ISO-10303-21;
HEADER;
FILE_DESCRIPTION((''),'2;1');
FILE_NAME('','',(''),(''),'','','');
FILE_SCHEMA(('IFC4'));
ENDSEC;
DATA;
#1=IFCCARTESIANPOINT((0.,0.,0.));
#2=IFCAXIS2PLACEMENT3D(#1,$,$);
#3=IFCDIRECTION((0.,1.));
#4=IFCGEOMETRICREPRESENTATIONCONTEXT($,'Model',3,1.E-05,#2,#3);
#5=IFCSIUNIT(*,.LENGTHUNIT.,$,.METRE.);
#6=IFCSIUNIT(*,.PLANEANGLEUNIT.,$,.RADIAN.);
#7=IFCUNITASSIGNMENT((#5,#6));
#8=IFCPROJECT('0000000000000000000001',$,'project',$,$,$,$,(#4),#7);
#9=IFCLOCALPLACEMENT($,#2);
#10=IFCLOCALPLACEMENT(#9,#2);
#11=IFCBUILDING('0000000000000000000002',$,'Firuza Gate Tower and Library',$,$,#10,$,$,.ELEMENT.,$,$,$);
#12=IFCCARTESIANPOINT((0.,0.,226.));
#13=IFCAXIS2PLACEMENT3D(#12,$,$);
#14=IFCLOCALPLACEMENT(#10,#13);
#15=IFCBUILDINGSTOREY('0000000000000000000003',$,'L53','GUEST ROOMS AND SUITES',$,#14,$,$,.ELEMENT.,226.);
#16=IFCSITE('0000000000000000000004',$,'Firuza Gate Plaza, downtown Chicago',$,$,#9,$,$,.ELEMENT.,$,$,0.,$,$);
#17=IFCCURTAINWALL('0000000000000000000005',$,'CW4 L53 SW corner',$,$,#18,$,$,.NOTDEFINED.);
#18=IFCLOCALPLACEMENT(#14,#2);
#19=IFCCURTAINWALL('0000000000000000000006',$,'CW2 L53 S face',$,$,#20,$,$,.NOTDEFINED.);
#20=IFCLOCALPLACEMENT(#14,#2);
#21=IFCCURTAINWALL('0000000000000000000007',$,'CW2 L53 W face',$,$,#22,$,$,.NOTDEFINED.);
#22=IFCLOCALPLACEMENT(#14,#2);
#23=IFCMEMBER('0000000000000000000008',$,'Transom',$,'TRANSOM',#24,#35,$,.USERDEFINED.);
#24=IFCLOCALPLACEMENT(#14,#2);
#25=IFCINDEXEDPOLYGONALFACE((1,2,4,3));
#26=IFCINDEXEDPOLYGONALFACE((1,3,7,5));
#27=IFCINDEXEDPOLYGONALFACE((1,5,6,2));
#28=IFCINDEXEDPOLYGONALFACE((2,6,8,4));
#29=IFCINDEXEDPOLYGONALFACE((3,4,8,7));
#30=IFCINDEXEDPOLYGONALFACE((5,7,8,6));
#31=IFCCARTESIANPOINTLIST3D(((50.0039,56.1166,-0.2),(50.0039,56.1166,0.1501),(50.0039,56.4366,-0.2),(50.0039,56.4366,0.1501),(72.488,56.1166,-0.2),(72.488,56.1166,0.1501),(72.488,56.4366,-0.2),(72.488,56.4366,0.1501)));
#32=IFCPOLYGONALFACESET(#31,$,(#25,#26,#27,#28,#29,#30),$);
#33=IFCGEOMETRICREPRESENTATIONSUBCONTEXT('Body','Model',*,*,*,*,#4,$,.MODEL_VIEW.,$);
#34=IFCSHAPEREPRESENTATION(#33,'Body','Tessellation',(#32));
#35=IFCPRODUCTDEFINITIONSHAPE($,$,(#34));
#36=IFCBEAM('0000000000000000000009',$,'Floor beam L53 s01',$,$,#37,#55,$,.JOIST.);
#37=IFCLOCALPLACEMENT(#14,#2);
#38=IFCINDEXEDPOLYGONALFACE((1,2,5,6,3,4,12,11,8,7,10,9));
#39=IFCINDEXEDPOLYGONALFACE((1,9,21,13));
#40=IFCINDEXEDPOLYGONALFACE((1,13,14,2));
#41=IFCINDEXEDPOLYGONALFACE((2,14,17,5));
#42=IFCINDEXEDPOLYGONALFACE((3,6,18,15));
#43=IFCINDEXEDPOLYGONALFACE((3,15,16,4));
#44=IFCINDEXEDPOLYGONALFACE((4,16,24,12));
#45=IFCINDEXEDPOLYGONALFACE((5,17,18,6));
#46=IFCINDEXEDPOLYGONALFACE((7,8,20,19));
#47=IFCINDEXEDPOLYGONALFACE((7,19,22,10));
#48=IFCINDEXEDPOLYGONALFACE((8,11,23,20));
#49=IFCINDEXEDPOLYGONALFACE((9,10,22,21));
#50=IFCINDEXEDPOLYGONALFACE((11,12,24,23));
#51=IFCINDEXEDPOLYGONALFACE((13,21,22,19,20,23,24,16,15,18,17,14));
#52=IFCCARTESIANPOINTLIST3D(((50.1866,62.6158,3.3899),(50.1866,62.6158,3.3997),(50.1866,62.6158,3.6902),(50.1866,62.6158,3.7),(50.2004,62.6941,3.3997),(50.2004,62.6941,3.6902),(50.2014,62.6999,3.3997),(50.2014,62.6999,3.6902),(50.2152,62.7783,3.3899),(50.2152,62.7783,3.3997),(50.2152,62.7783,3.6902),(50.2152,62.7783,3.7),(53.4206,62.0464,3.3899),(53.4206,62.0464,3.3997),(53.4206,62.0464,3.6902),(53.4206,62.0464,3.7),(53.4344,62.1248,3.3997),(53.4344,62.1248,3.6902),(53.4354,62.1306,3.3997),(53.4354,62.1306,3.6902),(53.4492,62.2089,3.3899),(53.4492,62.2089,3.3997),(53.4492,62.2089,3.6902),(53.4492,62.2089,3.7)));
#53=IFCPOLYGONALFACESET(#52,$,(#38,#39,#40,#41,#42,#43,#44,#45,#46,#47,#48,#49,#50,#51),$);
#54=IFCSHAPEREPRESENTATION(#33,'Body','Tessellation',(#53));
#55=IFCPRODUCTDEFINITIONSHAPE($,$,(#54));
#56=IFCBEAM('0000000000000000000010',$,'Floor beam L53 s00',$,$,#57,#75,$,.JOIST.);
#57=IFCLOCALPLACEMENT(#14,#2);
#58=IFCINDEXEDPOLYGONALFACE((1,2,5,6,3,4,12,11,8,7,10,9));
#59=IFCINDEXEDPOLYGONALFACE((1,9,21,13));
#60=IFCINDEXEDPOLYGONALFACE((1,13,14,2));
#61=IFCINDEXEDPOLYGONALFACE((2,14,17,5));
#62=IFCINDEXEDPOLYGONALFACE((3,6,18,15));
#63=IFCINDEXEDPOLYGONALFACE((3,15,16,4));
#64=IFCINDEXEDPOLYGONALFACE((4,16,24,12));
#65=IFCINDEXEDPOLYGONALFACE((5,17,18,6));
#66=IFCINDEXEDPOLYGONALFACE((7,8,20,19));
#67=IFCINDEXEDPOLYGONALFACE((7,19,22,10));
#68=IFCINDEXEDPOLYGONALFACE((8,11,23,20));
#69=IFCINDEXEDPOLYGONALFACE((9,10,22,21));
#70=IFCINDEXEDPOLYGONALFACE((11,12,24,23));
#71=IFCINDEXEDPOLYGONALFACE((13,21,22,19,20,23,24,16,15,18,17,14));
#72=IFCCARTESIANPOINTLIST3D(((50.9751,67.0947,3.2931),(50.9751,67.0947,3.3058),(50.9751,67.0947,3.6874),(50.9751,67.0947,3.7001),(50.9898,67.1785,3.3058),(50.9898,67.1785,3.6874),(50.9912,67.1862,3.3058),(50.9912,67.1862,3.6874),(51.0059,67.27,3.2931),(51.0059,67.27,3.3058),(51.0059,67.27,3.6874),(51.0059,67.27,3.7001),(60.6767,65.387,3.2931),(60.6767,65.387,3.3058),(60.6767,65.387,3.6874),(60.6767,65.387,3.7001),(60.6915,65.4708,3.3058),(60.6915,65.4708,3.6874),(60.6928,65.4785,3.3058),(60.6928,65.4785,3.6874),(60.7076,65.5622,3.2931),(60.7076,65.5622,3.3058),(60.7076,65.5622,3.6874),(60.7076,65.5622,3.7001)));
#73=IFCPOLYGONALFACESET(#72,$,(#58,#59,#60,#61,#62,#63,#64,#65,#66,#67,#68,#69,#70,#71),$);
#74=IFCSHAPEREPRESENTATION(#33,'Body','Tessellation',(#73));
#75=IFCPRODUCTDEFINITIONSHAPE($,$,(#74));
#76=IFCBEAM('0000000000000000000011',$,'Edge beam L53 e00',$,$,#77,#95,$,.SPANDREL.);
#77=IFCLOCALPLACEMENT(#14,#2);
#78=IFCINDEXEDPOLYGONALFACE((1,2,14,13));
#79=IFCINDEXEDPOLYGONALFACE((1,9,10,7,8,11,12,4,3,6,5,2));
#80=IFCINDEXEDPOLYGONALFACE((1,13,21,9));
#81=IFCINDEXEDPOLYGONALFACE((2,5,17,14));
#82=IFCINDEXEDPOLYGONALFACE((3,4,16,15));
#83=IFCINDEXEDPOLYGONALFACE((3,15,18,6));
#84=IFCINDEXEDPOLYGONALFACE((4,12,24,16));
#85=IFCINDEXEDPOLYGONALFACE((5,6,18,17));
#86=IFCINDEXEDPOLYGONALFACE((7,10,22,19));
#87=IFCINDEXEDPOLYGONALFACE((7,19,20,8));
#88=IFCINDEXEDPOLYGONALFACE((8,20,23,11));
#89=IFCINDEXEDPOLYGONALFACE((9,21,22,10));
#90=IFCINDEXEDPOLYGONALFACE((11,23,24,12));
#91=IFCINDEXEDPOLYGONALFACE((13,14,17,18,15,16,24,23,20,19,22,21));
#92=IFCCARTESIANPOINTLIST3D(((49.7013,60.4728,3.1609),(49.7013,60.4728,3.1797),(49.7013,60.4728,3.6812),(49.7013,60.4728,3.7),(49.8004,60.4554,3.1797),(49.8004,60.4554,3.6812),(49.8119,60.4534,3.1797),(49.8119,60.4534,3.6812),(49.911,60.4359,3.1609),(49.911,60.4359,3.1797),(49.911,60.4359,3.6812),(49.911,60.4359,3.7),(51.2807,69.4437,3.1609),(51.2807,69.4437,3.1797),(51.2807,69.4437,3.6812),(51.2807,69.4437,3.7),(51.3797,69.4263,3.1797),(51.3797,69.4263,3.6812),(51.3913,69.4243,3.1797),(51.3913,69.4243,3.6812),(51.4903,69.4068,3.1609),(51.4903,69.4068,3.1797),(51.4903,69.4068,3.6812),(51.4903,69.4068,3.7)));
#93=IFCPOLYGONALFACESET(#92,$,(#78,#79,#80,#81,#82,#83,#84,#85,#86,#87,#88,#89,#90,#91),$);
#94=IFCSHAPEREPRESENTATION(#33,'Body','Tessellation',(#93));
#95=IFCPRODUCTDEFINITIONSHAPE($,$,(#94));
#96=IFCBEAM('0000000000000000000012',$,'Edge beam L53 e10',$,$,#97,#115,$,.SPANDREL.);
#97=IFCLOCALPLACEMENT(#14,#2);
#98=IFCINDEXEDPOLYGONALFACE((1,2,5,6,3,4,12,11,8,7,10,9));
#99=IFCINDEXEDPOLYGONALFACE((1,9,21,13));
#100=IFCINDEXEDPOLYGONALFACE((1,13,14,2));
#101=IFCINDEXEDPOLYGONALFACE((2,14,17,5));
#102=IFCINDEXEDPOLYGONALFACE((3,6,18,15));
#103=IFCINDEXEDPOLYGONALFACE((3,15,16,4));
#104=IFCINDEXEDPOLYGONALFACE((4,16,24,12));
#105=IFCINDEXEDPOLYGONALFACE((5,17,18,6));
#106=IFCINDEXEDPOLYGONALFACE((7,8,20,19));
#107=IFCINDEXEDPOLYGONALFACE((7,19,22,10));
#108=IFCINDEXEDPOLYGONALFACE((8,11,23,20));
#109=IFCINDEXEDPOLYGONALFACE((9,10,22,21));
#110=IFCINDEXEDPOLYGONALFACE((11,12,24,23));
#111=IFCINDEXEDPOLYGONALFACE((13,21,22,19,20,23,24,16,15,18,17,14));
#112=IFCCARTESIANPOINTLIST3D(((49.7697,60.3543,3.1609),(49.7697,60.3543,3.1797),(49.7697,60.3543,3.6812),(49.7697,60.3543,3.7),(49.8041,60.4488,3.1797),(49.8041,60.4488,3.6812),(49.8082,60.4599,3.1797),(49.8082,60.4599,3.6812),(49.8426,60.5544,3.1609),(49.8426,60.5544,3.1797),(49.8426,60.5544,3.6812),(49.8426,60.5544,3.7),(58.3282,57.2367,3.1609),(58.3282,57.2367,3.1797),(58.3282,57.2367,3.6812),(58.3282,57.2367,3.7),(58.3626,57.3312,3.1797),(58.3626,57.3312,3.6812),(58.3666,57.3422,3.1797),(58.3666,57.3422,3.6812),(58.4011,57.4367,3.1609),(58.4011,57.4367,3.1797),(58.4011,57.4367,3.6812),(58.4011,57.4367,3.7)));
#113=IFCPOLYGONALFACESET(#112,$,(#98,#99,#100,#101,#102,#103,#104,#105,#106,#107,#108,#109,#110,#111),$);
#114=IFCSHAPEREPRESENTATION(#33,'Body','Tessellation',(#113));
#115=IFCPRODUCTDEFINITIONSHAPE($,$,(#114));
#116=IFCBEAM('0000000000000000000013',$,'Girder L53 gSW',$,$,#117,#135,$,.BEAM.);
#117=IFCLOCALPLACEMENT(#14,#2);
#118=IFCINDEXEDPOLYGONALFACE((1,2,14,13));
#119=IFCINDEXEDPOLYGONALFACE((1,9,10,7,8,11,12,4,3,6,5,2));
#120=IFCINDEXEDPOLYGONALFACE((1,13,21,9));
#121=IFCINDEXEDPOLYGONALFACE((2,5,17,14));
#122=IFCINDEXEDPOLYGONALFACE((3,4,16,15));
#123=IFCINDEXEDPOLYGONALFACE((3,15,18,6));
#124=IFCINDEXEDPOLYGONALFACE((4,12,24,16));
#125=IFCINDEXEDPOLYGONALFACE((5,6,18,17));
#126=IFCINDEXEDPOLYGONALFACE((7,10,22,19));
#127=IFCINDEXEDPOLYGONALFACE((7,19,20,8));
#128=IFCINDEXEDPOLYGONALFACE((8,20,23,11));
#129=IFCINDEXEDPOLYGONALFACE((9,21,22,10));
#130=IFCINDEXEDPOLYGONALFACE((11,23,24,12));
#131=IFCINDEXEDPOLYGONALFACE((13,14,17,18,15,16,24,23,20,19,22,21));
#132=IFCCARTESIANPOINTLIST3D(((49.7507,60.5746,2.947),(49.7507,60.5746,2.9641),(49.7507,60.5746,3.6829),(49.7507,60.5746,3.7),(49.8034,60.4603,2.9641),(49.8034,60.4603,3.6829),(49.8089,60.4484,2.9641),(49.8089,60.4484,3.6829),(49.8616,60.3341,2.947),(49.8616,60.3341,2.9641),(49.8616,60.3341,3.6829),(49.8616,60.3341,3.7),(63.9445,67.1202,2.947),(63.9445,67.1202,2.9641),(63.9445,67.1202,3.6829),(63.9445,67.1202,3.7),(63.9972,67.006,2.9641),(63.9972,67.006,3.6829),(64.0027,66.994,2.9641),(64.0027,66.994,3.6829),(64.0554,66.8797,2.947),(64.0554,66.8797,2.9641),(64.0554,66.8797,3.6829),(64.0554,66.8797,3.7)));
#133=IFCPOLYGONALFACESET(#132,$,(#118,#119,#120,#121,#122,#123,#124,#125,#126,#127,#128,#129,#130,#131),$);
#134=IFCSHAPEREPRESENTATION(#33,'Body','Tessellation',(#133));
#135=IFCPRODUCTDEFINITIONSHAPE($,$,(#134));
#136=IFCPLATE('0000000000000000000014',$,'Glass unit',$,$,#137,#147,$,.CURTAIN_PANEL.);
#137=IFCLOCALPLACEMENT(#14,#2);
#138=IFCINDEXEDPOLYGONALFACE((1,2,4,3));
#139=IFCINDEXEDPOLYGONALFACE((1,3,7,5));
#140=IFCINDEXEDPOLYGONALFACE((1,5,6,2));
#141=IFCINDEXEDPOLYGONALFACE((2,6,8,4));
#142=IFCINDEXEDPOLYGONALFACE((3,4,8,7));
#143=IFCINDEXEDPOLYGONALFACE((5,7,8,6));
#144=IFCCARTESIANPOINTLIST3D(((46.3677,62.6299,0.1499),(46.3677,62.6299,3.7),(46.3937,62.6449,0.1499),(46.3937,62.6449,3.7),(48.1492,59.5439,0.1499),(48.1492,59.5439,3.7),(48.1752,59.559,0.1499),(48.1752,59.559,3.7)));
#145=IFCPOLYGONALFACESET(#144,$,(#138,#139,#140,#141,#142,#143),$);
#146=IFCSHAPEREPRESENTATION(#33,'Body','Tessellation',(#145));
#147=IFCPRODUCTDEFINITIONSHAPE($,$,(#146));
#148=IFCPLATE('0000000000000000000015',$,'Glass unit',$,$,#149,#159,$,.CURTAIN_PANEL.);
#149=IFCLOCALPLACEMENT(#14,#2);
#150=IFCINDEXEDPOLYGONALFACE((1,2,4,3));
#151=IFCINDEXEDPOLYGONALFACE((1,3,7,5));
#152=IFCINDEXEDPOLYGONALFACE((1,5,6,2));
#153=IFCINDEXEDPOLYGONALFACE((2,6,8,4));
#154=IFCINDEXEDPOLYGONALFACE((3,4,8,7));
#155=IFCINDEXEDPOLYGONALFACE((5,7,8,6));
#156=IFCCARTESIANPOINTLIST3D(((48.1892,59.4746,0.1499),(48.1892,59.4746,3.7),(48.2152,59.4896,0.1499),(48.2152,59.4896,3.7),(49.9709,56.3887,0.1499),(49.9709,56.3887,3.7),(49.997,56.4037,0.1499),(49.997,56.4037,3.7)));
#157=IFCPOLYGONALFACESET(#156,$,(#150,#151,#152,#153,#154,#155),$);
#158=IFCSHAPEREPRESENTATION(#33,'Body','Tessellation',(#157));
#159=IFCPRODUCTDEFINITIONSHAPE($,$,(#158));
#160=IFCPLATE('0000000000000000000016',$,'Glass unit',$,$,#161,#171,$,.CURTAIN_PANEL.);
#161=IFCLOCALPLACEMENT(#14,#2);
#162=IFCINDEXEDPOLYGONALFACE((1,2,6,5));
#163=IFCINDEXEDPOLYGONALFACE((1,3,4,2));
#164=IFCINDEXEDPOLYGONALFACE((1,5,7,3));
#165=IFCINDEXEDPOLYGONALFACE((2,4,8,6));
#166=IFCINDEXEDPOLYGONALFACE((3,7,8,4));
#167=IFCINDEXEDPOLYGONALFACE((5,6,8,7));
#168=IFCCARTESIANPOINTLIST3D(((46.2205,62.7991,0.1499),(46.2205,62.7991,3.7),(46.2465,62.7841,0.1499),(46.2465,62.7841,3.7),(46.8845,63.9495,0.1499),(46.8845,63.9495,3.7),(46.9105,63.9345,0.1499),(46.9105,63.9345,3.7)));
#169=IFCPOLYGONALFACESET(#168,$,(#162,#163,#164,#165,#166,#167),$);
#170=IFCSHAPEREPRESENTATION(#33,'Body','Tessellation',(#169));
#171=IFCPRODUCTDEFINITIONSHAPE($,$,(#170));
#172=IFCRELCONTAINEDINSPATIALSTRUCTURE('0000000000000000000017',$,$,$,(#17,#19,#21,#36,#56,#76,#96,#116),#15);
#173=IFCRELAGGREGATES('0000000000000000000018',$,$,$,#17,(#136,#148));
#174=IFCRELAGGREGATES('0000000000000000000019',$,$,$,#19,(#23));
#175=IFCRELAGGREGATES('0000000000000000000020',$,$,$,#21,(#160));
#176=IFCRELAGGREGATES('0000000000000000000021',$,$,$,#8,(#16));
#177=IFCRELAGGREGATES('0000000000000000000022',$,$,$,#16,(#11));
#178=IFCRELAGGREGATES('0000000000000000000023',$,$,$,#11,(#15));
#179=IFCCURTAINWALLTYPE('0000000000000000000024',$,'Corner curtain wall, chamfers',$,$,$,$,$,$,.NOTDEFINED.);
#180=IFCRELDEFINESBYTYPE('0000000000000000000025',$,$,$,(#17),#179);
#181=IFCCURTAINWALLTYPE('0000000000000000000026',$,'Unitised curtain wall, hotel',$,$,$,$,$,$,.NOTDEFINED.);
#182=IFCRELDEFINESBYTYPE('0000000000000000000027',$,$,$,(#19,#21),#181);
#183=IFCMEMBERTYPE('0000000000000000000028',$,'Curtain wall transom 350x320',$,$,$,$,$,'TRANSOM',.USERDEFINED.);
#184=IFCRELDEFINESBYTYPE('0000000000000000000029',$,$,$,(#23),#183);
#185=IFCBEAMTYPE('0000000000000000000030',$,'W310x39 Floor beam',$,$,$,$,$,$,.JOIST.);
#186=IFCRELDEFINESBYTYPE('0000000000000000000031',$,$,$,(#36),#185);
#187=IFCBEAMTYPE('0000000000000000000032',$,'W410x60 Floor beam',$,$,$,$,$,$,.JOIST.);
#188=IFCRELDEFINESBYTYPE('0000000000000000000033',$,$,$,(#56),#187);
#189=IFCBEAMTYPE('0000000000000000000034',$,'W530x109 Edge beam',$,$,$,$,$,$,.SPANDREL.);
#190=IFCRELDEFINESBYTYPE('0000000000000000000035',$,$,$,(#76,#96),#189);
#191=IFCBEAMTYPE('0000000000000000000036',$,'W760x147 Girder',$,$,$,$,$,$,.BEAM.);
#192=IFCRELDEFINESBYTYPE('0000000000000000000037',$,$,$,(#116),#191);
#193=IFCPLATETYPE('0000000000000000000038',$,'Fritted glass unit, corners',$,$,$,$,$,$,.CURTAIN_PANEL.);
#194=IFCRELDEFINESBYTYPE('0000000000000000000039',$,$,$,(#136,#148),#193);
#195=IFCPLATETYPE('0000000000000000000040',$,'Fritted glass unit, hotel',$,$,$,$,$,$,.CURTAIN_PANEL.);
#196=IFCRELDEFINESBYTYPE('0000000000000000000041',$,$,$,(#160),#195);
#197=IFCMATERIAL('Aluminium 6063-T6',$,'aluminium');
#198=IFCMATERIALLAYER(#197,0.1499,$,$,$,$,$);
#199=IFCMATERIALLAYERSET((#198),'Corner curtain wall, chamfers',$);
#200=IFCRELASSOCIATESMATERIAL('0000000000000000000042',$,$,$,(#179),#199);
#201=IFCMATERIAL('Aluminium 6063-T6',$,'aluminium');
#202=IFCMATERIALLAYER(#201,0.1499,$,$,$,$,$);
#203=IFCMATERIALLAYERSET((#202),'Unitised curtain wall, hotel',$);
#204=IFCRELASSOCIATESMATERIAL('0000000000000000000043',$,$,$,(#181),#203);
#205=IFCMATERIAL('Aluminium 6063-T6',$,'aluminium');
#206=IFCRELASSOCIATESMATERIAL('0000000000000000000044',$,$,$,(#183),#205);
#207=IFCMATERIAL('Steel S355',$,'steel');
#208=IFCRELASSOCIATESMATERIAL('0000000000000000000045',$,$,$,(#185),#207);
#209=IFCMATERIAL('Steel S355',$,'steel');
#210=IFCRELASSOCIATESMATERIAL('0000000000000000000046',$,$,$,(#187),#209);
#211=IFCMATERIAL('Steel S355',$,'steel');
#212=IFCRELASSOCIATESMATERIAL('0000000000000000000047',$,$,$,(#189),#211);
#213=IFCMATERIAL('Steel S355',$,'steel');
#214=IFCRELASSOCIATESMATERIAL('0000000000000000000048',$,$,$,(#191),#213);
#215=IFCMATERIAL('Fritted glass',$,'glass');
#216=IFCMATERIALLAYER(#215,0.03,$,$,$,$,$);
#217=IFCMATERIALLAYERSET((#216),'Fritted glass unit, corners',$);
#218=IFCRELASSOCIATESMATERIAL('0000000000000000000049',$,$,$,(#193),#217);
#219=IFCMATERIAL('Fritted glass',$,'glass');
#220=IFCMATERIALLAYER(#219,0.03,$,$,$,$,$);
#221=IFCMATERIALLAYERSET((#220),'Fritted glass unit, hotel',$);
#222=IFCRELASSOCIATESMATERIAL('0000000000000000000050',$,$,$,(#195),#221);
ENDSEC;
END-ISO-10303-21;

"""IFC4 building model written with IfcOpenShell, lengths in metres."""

from ifc_helpers import new_model, si_unit, direction, frame, origin, origin_2d, place, context, subcontext, project, spatial, polyline, rectangle, i_section, outline, extrude, material, layer, layer_set, material_profile, profile_set, type_object, element, aggregate, save


model = new_model("IFC4")

# Units and contexts
model_context = context("Model", 3, precision=1e-05, world=origin(), true_north=direction((0.0, 1.0)))
body_context = subcontext(model_context, "Body", "Model", "MODEL_VIEW")
ifc_project = project(units=[si_unit("LENGTHUNIT", "METRE"), si_unit("PLANEANGLEUNIT", "RADIAN")], contexts=[model_context])

# Site, building, storey
site_placement = place(None, origin())
site = spatial("IfcSite", under=ifc_project, at=site_placement, Name="Firuza Gate Plaza, downtown Chicago", CompositionType="ELEMENT", RefElevation=0.0)
building_placement = place(site_placement, origin())
building = spatial("IfcBuilding", under=site, at=building_placement, Name="Firuza Gate Tower and Library", CompositionType="ELEMENT")
storey_placement = place(building_placement, frame((0.0, 0.0, 226.0)))
storey = spatial("IfcBuildingStorey", under=building, at=storey_placement, Name="L53", Description="GUEST ROOMS AND SUITES", CompositionType="ELEMENT", Elevation=226.0)

# Curtain walls
ifc_material_1 = material(Name="Aluminium 6063-T6", Category="aluminium")
ifc_layer_1 = layer(ifc_material_1, 0.1499)
ifc_layer_set_1 = layer_set([ifc_layer_1], Name="Corner curtain wall, chamfers")
curtain_wall_type_1 = type_object("IfcCurtainWallType", Name="Corner curtain wall, chamfers", PredefinedType="NOTDEFINED", material=ifc_layer_set_1)
placement = place(storey_placement, origin())
curtain_wall_1 = element("IfcCurtainWall", 1, at=placement, inside=storey, type_object=curtain_wall_type_1, Name="CW4 L53 SW corner", PredefinedType="NOTDEFINED")
ifc_material_2 = material(Name="Aluminium 6063-T6", Category="aluminium")
ifc_layer_2 = layer(ifc_material_2, 0.1499)
ifc_layer_set_2 = layer_set([ifc_layer_2], Name="Unitised curtain wall, hotel")
curtain_wall_type_2 = type_object("IfcCurtainWallType", Name="Unitised curtain wall, hotel", PredefinedType="NOTDEFINED", material=ifc_layer_set_2)
curtain_wall_2 = element("IfcCurtainWall", 2, at=placement, inside=storey, type_object=curtain_wall_type_2, Name="CW2 L53 S face", PredefinedType="NOTDEFINED")
curtain_wall_3 = element("IfcCurtainWall", 3, at=placement, inside=storey, type_object=curtain_wall_type_2, Name="CW2 L53 W face", PredefinedType="NOTDEFINED")

# Member
ifc_material_3 = material(Name="Aluminium 6063-T6", Category="aluminium")
ifc_material_profile_1 = material_profile(ifc_material_3, rectangle(XDim=0.3201, YDim=0.3501, at=origin_2d()))
ifc_profile_set_1 = profile_set([ifc_material_profile_1], Name="Aluminium 6063-T6")
member_type_1 = type_object("IfcMemberType", Name="Curtain wall transom 350x320", ElementType="TRANSOM", PredefinedType="USERDEFINED", material=ifc_profile_set_1)
member_1_placement = place(storey_placement, frame((50.0039, 56.2766, -0.0249), z_axis=(1.0, 0.0, 0.0), x_axis=(0.0, 1.0, 0.0)))
member_1 = element("IfcMember", 4, at=member_1_placement, type_object=member_type_1, Name="Transom", ObjectType="TRANSOM", PredefinedType="USERDEFINED", context=body_context, shape_type="SweptSolid", body=[
    extrude(rectangle(XDim=0.3201, YDim=0.3501, at=origin_2d()), origin(), (0.0, 0.0, 1.0), 22.4841),
])

# Beams
ifc_material_4 = material(Name="Steel S355", Category="steel")
ifc_material_profile_2 = material_profile(ifc_material_4, i_section(OverallWidth=0.165, OverallDepth=0.3101, WebThickness=0.0059, FlangeThickness=0.0098, at=origin_2d()))
ifc_profile_set_2 = profile_set([ifc_material_profile_2], Name="Steel S355")
beam_type_1 = type_object("IfcBeamType", Name="W310x39 Floor beam", PredefinedType="JOIST", material=ifc_profile_set_2)
beam_1_placement = place(storey_placement, frame((50.2009, 62.697, 3.5449), z_axis=(0.984854, -0.173387, 0.0), x_axis=(0.173387, 0.984854, 0.0)))
element("IfcBeam", 5, at=beam_1_placement, inside=storey, type_object=beam_type_1, Name="Floor beam L53 s01", PredefinedType="JOIST", context=body_context, shape_type="SweptSolid", body=[
    extrude(i_section(OverallWidth=0.165, OverallDepth=0.3101, WebThickness=0.0059, FlangeThickness=0.0098, at=origin_2d()), origin(), (0.0, 0.0, 1.0), 3.2837),
])
ifc_material_5 = material(Name="Steel S355", Category="steel")
ifc_material_profile_3 = material_profile(ifc_material_5, i_section(OverallWidth=0.178, OverallDepth=0.407, WebThickness=0.0078, FlangeThickness=0.0127, at=origin_2d()))
ifc_profile_set_3 = profile_set([ifc_material_profile_3], Name="Steel S355")
beam_type_2 = type_object("IfcBeamType", Name="W410x60 Floor beam", PredefinedType="JOIST", material=ifc_profile_set_3)
beam_2_placement = place(storey_placement, frame((50.9905, 67.1824, 3.4966), z_axis=(0.984858, -0.173363, 0.0), x_axis=(0.173363, 0.984858, 0.0)))
element("IfcBeam", 6, at=beam_2_placement, inside=storey, type_object=beam_type_2, Name="Floor beam L53 s00", PredefinedType="JOIST", context=body_context, shape_type="SweptSolid", body=[
    extrude(i_section(OverallWidth=0.178, OverallDepth=0.407, WebThickness=0.0078, FlangeThickness=0.0127, at=origin_2d()), origin(), (0.0, 0.0, 1.0), 9.8508),
])
ifc_material_6 = material(Name="Steel S355", Category="steel")
ifc_material_profile_4 = material_profile(ifc_material_6, i_section(OverallWidth=0.2129, OverallDepth=0.5391, WebThickness=0.0117, FlangeThickness=0.0188, at=origin_2d()))
ifc_profile_set_4 = profile_set([ifc_material_profile_4], Name="Steel S355")
beam_type_3 = type_object("IfcBeamType", Name="W530x109 Edge beam", PredefinedType="SPANDREL", material=ifc_profile_set_4)
beam_3_placement = place(storey_placement, frame((51.3855, 69.4253, 3.4304), z_axis=(-0.173385, -0.984854, 0.0), x_axis=(0.984854, -0.173385, 0.0)))
element("IfcBeam", 7, at=beam_3_placement, inside=storey, type_object=beam_type_3, Name="Edge beam L53 e00", PredefinedType="SPANDREL", context=body_context, shape_type="SweptSolid", body=[
    extrude(i_section(OverallWidth=0.2129, OverallDepth=0.5391, WebThickness=0.0117, FlangeThickness=0.0188, at=origin_2d()), origin(), (0.0, 0.0, 1.0), 9.1089),
])
beam_4_placement = place(storey_placement, frame((49.8062, 60.4543, 3.4304), z_axis=(0.939601, -0.342272, 0.0), x_axis=(0.342272, 0.939601, 0.0)))
element("IfcBeam", 8, at=beam_4_placement, inside=storey, type_object=beam_type_3, Name="Edge beam L53 e10", PredefinedType="SPANDREL", context=body_context, shape_type="SweptSolid", body=[
    extrude(i_section(OverallWidth=0.2129, OverallDepth=0.5391, WebThickness=0.0117, FlangeThickness=0.0188, at=origin_2d()), origin(), (0.0, 0.0, 1.0), 9.1086),
])
ifc_material_7 = material(Name="Steel S355", Category="steel")
ifc_material_profile_5 = material_profile(ifc_material_7, i_section(OverallWidth=0.2649, OverallDepth=0.7529, WebThickness=0.0132, FlangeThickness=0.0171, at=origin_2d()))
ifc_profile_set_5 = profile_set([ifc_material_profile_5], Name="Steel S355")
beam_type_4 = type_object("IfcBeamType", Name="W760x147 Girder", PredefinedType="BEAM", material=ifc_profile_set_5)
beam_5_placement = place(storey_placement, frame((49.8062, 60.4543, 3.3235), z_axis=(0.90809, 0.418776, 0.0), x_axis=(-0.418776, 0.90809, 0.0)))
element("IfcBeam", 9, at=beam_5_placement, inside=storey, type_object=beam_type_4, Name="Girder L53 gSW", PredefinedType="BEAM", context=body_context, shape_type="SweptSolid", body=[
    extrude(i_section(OverallWidth=0.2649, OverallDepth=0.7529, WebThickness=0.0132, FlangeThickness=0.0171, at=origin_2d()), origin(), (0.0, 0.0, 1.0), 15.6304),
])

# Plates
ifc_material_8 = material(Name="Fritted glass", Category="glass")
ifc_layer_3 = layer(ifc_material_8, 0.03)
ifc_layer_set_3 = layer_set([ifc_layer_3], Name="Fritted glass unit, corners")
plate_type_1 = type_object("IfcPlateType", Name="Fritted glass unit, corners", PredefinedType="CURTAIN_PANEL", material=ifc_layer_set_3)
plate_1_placement = place(storey_placement, frame((46.3677, 62.6299, 0.1499), z_axis=(-0.866046, -0.499964, 0.0), x_axis=(0.499964, -0.866046, 0.0)))
plate_1 = element("IfcPlate", 10, at=plate_1_placement, type_object=plate_type_1, Name="Glass unit", PredefinedType="CURTAIN_PANEL", context=body_context, shape_type="SweptSolid", body=[
    extrude(outline(polyline([(0.0, 0.0), (3.5632, 0.0), (3.5632, 3.55), (0.0, 3.55), (0.0, 0.0)])), origin(), (0.0, 0.0, -1.0), 0.03),
])
plate_2_placement = place(storey_placement, frame((48.1892, 59.4746, 0.1499), z_axis=(-0.866017, -0.500015, 0.0), x_axis=(0.500015, -0.866017, 0.0)))
plate_2 = element("IfcPlate", 11, at=plate_2_placement, type_object=plate_type_1, Name="Glass unit", PredefinedType="CURTAIN_PANEL", context=body_context, shape_type="SweptSolid", body=[
    extrude(outline(polyline([(0.0, 0.0), (3.5634, 0.0), (3.5634, 3.55), (0.0, 3.55), (0.0, 0.0)])), origin(), (0.0, 0.0, -1.0), 0.03),
])
aggregate(curtain_wall_1, [plate_1, plate_2])
ifc_material_9 = material(Name="Fritted glass", Category="glass")
ifc_layer_4 = layer(ifc_material_9, 0.03)
ifc_layer_set_4 = layer_set([ifc_layer_4], Name="Fritted glass unit, hotel")
plate_type_2 = type_object("IfcPlateType", Name="Fritted glass unit, hotel", PredefinedType="CURTAIN_PANEL", material=ifc_layer_set_4)
plate_3_placement = place(storey_placement, frame((46.8845, 63.9495, 0.1499), z_axis=(-0.866063, 0.499935, 0.0), x_axis=(-0.499935, -0.866063, 0.0)))
plate_3 = element("IfcPlate", 12, at=plate_3_placement, type_object=plate_type_2, Name="Glass unit", PredefinedType="CURTAIN_PANEL", context=body_context, shape_type="SweptSolid", body=[
    extrude(outline(polyline([(0.0, 0.0), (1.3283, 0.0), (1.3283, 3.55), (0.0, 3.55), (0.0, 0.0)])), origin(), (0.0, 0.0, -1.0), 0.03),
])
aggregate(curtain_wall_2, [member_1])
aggregate(curtain_wall_3, [plate_3])

save(model, "model.ifc")
